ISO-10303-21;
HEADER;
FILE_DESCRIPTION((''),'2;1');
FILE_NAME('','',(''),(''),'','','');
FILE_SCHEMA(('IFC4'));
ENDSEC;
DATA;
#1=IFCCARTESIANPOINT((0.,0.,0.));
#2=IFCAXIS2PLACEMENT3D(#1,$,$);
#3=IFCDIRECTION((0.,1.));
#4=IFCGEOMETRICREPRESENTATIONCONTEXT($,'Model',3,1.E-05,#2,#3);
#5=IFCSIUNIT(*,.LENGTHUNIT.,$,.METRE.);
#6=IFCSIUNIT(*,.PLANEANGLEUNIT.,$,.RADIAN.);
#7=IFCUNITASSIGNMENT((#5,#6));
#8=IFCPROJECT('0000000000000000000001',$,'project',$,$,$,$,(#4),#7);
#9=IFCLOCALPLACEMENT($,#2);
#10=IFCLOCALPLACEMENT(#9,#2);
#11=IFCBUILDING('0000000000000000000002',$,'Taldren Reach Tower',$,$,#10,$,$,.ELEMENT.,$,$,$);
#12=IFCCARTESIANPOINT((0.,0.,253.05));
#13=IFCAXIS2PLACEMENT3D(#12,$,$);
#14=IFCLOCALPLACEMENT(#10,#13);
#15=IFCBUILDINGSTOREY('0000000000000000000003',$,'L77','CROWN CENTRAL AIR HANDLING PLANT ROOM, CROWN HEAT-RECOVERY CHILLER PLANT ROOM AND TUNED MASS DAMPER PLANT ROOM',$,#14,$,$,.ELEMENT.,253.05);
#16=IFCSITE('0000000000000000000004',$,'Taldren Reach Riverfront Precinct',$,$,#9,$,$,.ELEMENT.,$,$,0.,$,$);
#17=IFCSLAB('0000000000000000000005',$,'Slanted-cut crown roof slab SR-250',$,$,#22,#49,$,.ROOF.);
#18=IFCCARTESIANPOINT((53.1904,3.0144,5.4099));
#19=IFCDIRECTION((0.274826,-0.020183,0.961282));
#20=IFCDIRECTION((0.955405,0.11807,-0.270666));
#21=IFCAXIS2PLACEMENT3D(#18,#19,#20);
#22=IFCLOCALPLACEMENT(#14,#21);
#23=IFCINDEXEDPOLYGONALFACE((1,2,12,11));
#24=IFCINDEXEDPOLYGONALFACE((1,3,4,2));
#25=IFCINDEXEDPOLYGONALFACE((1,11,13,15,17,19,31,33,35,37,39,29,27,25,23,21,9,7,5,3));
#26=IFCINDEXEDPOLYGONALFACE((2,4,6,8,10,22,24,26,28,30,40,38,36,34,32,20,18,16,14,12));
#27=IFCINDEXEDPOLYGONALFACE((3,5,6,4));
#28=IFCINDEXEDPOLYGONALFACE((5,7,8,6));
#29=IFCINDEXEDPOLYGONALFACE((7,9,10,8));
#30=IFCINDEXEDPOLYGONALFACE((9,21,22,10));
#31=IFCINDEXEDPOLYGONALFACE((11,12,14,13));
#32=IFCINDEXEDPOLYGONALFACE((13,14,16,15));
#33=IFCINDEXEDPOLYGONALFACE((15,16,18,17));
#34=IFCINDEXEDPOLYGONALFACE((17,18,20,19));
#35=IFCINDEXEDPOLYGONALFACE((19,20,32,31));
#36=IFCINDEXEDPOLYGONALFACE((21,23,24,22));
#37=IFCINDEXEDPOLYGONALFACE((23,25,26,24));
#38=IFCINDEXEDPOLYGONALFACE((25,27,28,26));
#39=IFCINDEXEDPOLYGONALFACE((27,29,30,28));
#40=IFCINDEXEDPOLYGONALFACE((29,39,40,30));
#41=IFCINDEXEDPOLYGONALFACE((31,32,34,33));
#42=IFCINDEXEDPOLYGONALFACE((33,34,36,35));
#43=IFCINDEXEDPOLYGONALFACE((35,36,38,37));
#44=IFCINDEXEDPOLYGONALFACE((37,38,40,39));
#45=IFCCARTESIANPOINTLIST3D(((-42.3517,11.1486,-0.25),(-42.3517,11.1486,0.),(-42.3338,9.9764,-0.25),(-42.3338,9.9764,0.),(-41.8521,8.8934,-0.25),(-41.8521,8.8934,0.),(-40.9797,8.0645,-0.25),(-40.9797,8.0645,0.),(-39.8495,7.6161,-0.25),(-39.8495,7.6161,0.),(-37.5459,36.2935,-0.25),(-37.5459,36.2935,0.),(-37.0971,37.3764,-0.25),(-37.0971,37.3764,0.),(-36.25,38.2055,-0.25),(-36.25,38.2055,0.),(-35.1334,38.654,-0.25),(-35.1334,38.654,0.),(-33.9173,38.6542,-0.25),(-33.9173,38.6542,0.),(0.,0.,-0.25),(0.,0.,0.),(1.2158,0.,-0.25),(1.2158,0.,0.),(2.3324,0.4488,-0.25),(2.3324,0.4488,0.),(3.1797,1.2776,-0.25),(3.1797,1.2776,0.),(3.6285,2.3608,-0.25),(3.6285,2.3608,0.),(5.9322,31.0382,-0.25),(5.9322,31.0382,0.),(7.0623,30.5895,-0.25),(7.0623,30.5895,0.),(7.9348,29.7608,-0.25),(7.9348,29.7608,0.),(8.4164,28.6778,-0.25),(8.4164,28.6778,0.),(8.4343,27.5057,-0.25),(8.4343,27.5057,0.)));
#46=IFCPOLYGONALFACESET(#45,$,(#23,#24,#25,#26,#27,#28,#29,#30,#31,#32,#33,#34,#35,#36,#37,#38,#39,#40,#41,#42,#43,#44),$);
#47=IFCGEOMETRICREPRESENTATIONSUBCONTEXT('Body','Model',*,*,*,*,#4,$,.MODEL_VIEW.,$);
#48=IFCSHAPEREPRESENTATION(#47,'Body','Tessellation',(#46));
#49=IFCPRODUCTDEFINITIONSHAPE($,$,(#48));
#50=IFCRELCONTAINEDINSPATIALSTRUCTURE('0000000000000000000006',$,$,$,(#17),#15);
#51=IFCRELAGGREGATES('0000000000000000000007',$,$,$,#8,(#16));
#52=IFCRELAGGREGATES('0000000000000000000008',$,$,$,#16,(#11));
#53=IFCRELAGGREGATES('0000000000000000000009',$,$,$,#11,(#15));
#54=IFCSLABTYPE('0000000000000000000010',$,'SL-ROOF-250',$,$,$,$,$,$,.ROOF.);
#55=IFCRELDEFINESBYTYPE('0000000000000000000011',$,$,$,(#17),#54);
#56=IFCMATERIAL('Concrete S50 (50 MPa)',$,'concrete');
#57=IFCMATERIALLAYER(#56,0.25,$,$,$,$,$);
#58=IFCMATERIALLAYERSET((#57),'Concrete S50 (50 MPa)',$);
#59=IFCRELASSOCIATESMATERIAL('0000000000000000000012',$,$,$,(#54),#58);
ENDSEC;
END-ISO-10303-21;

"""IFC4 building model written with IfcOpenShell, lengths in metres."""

from ifc_helpers import new_model, si_unit, direction, frame, origin, place, context, subcontext, project, spatial, polyline, outline, extrude, material, layer, layer_set, type_object, element, save


model = new_model("IFC4")

# Units and contexts
model_context = context("Model", 3, precision=1e-05, world=origin(), true_north=direction((0.0, 1.0)))
body_context = subcontext(model_context, "Body", "Model", "MODEL_VIEW")
ifc_project = project(units=[si_unit("LENGTHUNIT", "METRE"), si_unit("PLANEANGLEUNIT", "RADIAN")], contexts=[model_context])

# Site, building, storey
site_placement = place(None, origin())
site = spatial("IfcSite", under=ifc_project, at=site_placement, Name="Taldren Reach Riverfront Precinct", CompositionType="ELEMENT", RefElevation=0.0)
building_placement = place(site_placement, origin())
building = spatial("IfcBuilding", under=site, at=building_placement, Name="Taldren Reach Tower", CompositionType="ELEMENT")
storey_placement = place(building_placement, frame((0.0, 0.0, 253.05)))
storey = spatial("IfcBuildingStorey", under=building, at=storey_placement, Name="L77", Description="CROWN CENTRAL AIR HANDLING PLANT ROOM, CROWN HEAT-RECOVERY CHILLER PLANT ROOM AND TUNED MASS DAMPER PLANT ROOM", CompositionType="ELEMENT", Elevation=253.05)

# Slab
ifc_material_1 = material(Name="Concrete S50 (50 MPa)", Category="concrete")
ifc_layer_1 = layer(ifc_material_1, 0.25)
ifc_layer_set_1 = layer_set([ifc_layer_1], Name="Concrete S50 (50 MPa)")
slab_type = type_object("IfcSlabType", Name="SL-ROOF-250", PredefinedType="ROOF", material=ifc_layer_set_1)
slab_placement = place(storey_placement, frame((53.1904, 3.0144, 5.4099), z_axis=(0.274826, -0.020183, 0.961282), x_axis=(0.955405, 0.11807, -0.270666)))
element("IfcSlab", 1, at=slab_placement, inside=storey, type_object=slab_type, Name="Slanted-cut crown roof slab SR-250", PredefinedType="ROOF", context=body_context, shape_type="SweptSolid", body=[
    extrude(outline(polyline([(0.0, 0.0), (1.2158, 0.0), (2.3324, 0.4488), (3.1797, 1.2776), (3.6285, 2.3608), (8.4343, 27.5057), (8.4164, 28.6778), (7.9348, 29.7608), (7.0623, 30.5895), (5.9322, 31.0382), (-33.9173, 38.6542), (-35.1334, 38.654), (-36.25, 38.2055), (-37.0971, 37.3764), (-37.5459, 36.2935), (-42.3517, 11.1486), (-42.3338, 9.9764), (-41.8521, 8.8934), (-40.9797, 8.0645), (-39.8495, 7.6161), (0.0, 0.0)])), origin(), (0.0, 0.0, -1.0), 0.25),
])

save(model, "model.ifc")
